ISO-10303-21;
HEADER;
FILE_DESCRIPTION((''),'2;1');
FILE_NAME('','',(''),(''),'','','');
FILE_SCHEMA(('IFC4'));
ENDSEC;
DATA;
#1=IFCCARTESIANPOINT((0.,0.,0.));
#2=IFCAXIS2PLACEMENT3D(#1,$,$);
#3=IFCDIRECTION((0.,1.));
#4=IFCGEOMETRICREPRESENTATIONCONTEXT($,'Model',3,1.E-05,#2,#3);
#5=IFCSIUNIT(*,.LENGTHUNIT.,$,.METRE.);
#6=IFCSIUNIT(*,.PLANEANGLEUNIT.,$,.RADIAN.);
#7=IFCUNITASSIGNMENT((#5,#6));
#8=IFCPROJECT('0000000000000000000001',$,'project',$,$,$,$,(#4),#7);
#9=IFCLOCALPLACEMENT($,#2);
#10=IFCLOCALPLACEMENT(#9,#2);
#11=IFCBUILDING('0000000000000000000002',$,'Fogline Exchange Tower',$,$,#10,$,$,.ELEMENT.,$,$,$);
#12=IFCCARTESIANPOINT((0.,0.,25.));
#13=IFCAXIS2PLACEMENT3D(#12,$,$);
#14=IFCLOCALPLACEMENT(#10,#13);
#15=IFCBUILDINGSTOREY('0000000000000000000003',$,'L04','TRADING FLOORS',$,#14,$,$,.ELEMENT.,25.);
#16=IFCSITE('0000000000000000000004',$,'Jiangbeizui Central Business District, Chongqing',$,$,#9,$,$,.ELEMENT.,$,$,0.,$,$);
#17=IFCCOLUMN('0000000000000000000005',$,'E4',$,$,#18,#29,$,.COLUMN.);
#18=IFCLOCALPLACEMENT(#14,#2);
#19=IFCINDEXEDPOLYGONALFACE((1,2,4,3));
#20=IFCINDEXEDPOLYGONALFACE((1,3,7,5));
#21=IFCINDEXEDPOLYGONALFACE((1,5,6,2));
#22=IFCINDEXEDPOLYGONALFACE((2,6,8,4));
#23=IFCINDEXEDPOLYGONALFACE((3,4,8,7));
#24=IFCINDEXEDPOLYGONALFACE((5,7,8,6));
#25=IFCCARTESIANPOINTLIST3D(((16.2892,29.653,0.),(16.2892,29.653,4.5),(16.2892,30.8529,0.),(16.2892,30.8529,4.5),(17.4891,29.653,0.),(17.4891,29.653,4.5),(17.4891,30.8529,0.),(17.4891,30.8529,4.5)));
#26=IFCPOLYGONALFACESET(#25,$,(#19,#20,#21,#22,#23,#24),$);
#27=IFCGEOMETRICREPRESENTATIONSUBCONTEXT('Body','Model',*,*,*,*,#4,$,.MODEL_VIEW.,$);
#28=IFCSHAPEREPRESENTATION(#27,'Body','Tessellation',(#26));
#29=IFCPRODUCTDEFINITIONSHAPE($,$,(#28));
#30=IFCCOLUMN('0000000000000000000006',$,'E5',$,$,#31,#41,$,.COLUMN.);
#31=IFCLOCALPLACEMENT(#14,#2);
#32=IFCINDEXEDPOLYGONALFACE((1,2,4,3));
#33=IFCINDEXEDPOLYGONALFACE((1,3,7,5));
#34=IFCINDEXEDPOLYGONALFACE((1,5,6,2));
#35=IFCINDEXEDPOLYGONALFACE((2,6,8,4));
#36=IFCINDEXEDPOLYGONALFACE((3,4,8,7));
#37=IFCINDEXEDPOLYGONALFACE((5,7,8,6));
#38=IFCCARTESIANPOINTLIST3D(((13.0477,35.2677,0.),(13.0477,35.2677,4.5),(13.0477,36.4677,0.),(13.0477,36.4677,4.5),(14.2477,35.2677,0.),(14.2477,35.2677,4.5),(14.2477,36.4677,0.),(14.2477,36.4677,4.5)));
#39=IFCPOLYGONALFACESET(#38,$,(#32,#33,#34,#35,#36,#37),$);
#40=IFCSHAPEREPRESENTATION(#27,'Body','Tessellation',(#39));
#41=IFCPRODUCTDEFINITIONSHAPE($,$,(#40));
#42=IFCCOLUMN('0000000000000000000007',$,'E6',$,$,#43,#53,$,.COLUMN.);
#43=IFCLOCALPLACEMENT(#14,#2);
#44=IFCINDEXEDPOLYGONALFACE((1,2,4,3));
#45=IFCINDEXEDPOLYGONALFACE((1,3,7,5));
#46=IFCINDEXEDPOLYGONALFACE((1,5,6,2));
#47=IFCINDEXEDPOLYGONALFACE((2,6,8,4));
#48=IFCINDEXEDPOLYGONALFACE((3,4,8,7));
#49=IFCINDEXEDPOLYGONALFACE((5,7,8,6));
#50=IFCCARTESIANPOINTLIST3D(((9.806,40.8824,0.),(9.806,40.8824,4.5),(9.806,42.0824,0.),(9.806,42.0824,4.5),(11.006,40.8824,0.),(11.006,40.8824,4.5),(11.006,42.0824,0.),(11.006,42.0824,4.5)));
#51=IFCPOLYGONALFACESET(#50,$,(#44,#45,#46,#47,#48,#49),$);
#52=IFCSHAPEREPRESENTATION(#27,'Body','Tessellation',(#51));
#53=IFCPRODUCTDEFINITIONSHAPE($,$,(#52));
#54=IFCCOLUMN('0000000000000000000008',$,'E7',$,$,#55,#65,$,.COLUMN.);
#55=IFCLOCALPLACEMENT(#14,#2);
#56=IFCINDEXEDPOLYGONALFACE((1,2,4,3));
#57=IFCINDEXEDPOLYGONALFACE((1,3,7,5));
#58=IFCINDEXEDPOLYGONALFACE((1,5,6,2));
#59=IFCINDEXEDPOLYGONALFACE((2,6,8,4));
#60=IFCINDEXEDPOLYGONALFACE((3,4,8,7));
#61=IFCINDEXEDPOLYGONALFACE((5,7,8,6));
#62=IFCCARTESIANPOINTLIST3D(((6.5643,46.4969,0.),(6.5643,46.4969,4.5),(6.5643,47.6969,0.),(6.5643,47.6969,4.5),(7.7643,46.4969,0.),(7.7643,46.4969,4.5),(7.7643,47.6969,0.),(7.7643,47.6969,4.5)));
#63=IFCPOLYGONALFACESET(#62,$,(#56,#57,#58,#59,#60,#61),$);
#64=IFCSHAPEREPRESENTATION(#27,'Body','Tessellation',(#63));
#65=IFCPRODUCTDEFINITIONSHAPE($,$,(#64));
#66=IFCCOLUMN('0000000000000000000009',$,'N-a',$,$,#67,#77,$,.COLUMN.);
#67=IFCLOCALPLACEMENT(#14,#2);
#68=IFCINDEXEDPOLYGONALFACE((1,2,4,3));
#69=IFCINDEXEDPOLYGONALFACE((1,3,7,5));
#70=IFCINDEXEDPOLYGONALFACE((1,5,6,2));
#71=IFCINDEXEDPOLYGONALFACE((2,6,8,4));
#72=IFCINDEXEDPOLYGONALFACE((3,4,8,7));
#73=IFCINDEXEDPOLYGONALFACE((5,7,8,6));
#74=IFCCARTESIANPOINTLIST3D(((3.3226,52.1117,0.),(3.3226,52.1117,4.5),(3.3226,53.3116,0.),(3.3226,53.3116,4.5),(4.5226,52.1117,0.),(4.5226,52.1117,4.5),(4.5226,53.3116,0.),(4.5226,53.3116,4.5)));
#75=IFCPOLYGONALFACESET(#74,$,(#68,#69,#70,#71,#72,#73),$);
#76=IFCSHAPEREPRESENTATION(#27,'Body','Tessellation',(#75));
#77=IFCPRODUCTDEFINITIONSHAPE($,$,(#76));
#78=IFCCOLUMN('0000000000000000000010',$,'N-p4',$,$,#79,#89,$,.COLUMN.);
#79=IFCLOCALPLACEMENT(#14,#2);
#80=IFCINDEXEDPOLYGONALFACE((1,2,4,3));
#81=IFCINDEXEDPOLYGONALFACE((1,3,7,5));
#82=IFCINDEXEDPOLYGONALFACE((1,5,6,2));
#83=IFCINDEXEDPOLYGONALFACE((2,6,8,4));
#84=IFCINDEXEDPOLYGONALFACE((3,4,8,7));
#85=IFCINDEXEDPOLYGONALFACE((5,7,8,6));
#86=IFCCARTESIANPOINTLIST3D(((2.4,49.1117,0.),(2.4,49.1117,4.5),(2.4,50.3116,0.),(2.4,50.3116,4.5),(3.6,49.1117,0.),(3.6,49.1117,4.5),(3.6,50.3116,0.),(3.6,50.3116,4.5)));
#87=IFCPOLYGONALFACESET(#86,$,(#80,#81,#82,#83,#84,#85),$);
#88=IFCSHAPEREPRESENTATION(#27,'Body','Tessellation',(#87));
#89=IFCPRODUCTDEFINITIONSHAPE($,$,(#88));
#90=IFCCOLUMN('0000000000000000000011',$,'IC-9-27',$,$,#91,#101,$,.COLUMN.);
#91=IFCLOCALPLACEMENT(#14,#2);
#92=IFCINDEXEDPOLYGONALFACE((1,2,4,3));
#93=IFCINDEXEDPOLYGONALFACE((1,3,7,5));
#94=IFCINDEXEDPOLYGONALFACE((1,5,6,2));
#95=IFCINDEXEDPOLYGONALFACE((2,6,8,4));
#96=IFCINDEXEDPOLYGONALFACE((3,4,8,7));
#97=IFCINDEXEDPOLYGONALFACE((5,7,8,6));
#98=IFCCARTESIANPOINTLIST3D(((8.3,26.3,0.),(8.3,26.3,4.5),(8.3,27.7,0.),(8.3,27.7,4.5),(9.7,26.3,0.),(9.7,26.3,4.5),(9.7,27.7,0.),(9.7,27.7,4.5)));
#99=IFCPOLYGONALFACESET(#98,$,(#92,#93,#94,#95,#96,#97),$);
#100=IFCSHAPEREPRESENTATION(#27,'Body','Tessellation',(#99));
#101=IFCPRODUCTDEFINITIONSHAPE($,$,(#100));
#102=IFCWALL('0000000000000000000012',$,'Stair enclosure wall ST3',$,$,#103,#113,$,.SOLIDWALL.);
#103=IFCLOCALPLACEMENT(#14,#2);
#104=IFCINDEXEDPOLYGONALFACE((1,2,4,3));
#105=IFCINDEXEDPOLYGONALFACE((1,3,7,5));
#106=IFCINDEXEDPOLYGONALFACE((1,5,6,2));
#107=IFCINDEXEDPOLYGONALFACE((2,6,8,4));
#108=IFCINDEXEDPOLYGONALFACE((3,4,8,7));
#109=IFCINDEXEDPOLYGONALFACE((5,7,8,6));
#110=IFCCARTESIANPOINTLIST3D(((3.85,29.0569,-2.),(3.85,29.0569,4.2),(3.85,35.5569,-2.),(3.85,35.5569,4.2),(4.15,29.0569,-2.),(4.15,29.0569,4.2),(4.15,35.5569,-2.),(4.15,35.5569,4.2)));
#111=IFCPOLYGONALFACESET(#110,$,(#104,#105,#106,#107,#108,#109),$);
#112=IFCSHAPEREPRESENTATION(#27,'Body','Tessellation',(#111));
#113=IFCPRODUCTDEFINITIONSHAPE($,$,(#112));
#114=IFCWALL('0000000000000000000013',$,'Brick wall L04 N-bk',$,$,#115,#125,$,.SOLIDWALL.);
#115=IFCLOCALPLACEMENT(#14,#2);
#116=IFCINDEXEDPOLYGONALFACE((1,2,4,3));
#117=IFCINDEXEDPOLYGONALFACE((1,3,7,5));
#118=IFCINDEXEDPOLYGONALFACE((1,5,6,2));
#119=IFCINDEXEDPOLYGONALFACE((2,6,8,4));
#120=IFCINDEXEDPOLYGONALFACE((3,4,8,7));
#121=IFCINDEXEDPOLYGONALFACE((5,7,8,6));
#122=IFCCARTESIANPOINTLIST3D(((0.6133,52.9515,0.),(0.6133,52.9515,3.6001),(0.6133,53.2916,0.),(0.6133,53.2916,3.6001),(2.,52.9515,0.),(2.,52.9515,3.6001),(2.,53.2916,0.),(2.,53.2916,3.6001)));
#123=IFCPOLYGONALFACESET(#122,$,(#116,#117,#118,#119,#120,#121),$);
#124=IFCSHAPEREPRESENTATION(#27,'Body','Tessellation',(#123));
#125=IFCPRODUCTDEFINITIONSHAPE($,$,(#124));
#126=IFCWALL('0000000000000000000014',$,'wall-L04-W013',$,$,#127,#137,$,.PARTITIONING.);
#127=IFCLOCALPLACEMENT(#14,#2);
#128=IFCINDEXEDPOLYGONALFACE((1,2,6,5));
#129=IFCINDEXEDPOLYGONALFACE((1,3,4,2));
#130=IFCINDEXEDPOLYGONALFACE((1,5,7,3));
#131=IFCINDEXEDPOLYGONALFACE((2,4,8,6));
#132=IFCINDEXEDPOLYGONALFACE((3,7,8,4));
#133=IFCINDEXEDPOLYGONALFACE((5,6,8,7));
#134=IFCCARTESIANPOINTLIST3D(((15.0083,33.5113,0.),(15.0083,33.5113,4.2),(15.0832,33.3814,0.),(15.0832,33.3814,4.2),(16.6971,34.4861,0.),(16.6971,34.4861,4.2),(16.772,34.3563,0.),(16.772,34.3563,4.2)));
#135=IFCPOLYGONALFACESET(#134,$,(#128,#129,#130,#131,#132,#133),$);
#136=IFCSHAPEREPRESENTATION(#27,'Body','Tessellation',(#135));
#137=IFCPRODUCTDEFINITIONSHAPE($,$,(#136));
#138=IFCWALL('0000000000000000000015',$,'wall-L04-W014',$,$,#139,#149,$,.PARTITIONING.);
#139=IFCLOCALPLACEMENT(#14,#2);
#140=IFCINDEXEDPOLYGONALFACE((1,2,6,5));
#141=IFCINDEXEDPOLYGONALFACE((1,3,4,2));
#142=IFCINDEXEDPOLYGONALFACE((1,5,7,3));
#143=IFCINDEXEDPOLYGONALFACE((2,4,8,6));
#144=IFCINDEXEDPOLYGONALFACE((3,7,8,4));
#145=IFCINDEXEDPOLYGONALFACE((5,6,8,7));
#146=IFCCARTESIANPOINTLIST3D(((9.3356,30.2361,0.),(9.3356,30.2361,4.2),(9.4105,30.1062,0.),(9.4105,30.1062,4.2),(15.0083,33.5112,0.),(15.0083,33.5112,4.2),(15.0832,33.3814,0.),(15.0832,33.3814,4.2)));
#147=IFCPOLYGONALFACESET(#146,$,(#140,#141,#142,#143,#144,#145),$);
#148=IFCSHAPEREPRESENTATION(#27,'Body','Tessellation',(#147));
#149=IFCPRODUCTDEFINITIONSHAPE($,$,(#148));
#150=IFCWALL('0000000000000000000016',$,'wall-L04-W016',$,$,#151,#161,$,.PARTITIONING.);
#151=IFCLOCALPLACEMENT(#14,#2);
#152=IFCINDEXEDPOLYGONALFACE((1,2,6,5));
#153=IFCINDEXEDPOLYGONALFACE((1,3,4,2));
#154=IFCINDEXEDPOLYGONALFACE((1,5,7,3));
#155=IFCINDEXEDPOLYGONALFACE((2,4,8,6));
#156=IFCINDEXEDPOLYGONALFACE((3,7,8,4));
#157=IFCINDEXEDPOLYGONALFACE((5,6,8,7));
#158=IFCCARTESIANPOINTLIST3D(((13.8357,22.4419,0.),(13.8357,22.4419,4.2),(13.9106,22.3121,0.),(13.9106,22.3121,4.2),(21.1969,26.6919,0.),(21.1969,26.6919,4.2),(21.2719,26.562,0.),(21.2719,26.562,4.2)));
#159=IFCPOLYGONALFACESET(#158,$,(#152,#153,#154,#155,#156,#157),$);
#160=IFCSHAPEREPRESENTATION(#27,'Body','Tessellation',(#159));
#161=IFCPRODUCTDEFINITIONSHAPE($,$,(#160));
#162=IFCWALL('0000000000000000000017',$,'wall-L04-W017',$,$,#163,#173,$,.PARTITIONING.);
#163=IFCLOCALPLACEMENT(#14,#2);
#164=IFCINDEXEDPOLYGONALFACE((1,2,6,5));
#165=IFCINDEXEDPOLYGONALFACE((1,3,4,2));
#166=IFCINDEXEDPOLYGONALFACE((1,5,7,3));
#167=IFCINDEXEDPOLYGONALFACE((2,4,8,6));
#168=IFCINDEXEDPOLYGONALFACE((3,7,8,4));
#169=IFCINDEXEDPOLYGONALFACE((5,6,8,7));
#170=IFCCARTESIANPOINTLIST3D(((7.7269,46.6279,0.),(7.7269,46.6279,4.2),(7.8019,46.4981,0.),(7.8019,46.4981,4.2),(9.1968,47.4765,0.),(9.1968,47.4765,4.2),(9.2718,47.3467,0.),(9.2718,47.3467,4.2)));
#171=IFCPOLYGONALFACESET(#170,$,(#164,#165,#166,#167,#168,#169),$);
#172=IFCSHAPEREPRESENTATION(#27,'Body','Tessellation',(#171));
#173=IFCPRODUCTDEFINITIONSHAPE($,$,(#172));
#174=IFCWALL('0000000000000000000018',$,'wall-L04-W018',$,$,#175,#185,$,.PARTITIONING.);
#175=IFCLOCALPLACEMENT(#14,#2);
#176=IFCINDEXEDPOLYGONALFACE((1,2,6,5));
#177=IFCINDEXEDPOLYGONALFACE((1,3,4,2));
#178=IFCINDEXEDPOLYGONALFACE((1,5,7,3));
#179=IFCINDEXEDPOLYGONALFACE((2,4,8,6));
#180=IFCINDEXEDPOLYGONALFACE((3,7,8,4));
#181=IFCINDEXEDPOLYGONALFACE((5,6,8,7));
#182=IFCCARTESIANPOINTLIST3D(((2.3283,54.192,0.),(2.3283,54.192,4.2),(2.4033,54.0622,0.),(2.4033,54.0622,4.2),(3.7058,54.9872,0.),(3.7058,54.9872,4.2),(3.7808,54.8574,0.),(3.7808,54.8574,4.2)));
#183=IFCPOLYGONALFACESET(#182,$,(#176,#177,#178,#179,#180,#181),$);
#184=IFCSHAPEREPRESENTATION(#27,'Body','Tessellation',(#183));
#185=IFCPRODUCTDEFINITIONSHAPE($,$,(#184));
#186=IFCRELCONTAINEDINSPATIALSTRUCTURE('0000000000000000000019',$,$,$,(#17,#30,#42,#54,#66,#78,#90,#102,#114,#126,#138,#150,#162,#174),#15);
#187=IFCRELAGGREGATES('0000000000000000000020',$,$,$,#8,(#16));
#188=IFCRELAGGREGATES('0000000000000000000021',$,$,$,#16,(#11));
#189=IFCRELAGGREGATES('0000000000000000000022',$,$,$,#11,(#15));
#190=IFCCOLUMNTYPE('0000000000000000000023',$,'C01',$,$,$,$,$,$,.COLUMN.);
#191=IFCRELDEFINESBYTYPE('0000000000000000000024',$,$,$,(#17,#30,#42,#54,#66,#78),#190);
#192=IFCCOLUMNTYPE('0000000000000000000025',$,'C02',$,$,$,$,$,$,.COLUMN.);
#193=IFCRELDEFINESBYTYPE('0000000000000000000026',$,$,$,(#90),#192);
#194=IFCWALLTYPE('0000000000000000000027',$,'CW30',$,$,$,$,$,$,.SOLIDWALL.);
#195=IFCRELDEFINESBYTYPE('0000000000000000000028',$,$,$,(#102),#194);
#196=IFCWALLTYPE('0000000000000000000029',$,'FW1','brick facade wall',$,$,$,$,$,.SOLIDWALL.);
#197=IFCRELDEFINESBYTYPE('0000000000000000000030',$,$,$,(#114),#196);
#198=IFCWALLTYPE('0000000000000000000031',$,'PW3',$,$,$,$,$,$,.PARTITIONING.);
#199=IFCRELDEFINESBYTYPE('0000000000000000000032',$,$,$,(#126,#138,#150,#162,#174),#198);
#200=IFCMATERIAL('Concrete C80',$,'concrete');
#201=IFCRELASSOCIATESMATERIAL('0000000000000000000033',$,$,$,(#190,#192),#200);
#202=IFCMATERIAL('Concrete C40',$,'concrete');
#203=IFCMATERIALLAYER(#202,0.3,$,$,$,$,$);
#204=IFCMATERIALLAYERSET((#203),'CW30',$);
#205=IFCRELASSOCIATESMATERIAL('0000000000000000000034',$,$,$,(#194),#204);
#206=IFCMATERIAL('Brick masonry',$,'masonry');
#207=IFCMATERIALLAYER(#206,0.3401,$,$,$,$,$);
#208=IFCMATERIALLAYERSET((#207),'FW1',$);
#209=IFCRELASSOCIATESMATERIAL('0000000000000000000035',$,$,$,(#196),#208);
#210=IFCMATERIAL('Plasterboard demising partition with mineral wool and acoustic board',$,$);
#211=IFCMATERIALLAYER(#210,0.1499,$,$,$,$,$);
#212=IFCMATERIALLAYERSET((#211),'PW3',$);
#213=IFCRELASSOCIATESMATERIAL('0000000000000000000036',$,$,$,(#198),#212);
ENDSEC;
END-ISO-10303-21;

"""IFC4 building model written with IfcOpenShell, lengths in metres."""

from ifc_helpers import new_model, si_unit, direction, frame, frame_2d, origin, origin_2d, place, context, subcontext, project, spatial, rectangle, extrude, material, layer, layer_set, material_profile, profile_set, type_object, element, save


model = new_model("IFC4")

# Units and contexts
model_context = context("Model", 3, precision=1e-05, world=origin(), true_north=direction((0.0, 1.0)))
body_context = subcontext(model_context, "Body", "Model", "MODEL_VIEW")
ifc_project = project(units=[si_unit("LENGTHUNIT", "METRE"), si_unit("PLANEANGLEUNIT", "RADIAN")], contexts=[model_context])

# Site, building, storey
site_placement = place(None, origin())
site = spatial("IfcSite", under=ifc_project, at=site_placement, Name="Jiangbeizui Central Business District, Chongqing", CompositionType="ELEMENT", RefElevation=0.0)
building_placement = place(site_placement, origin())
building = spatial("IfcBuilding", under=site, at=building_placement, Name="Fogline Exchange Tower", CompositionType="ELEMENT")
storey_placement = place(building_placement, frame((0.0, 0.0, 25.0)))
storey = spatial("IfcBuildingStorey", under=building, at=storey_placement, Name="L04", Description="TRADING FLOORS", CompositionType="ELEMENT", Elevation=25.0)

# Columns
ifc_material_1 = material(Name="Concrete C80", Category="concrete")
ifc_material_profile_1 = material_profile(ifc_material_1, rectangle(XDim=1.2, YDim=1.2, at=origin_2d()), Name="RC 1200x1200")
ifc_profile_set_1 = profile_set([ifc_material_profile_1], Name="Concrete C80")
column_type_1 = type_object("IfcColumnType", Name="C01", PredefinedType="COLUMN", material=ifc_profile_set_1)
for number, where, z_axis, x_axis, name in (
    (1, (16.8892, 30.2529, 0.0), (0.0, 0.0, 1.0), (1.0, 0.0, 0.0), "E4"),
    (2, (13.6477, 35.8677, 0.0), (0.0, 0.0, 1.0), (1.0, 0.0, 0.0), "E5"),
    (3, (10.406, 41.4824, 0.0), (0.0, 0.0, 1.0), (1.0, 0.0, 0.0), "E6"),
    (4, (7.1643, 47.0969, 0.0), (0.0, 0.0, 1.0), (1.0, 0.0, 0.0), "E7"),
    (5, (3.9226, 52.7117, 0.0), (0.0, 0.0, 1.0), (1.0, 0.0, 0.0), "N-a"),
    (6, (3.0, 49.7117, 0.0), (0.0, 0.0, 1.0), (1.0, 0.0, 0.0), "N-p4"),
):
    element("IfcColumn", number, at=place(storey_placement, frame(where, z_axis=z_axis, x_axis=x_axis)), inside=storey, type_object=column_type_1, Name=name, PredefinedType="COLUMN", context=body_context, shape_type="SweptSolid", body=[
        extrude(rectangle(XDim=1.2, YDim=1.2, at=origin_2d()), origin(), (0.0, 0.0, 1.0), 4.5),
    ])
ifc_material_profile_2 = material_profile(ifc_material_1, rectangle(XDim=1.3999, YDim=1.3999, at=origin_2d()), Name="RC 1400x1400")
ifc_profile_set_2 = profile_set([ifc_material_profile_2], Name="Concrete C80")
column_type_2 = type_object("IfcColumnType", Name="C02", PredefinedType="COLUMN", material=ifc_profile_set_2)
column_placement = place(storey_placement, frame((9.0, 27.0, 0.0), z_axis=(0.0, 0.0, 1.0), x_axis=(1.0, 0.0, 0.0)))
element("IfcColumn", 7, at=column_placement, inside=storey, type_object=column_type_2, Name="IC-9-27", PredefinedType="COLUMN", context=body_context, shape_type="SweptSolid", body=[
    extrude(rectangle(XDim=1.3999, YDim=1.3999, at=origin_2d()), origin(), (0.0, 0.0, 1.0), 4.5),
])

# Walls
ifc_material_2 = material(Name="Concrete C40", Category="concrete")
ifc_layer_1 = layer(ifc_material_2, 0.3)
ifc_layer_set_1 = layer_set([ifc_layer_1], Name="CW30")
wall_type_1 = type_object("IfcWallType", Name="CW30", PredefinedType="SOLIDWALL", material=ifc_layer_set_1)
wall_1_placement = place(storey_placement, frame((4.0, 29.0569, -2.0), z_axis=(0.0, 0.0, 1.0), x_axis=(0.0, 1.0, 0.0)))
element("IfcWall", 8, at=wall_1_placement, inside=storey, type_object=wall_type_1, Name="Stair enclosure wall ST3", PredefinedType="SOLIDWALL", context=body_context, shape_type="SweptSolid", body=[
    extrude(rectangle(XDim=6.5, YDim=0.3, at=frame_2d((3.25, 0.0))), origin(), (0.0, 0.0, 1.0), 6.2),
])
ifc_material_3 = material(Name="Brick masonry", Category="masonry")
ifc_layer_2 = layer(ifc_material_3, 0.3401)
ifc_layer_set_2 = layer_set([ifc_layer_2], Name="FW1")
wall_type_2 = type_object("IfcWallType", Name="FW1", Description="brick facade wall", PredefinedType="SOLIDWALL", material=ifc_layer_set_2)
wall_2_placement = place(storey_placement, frame((2.0, 53.1216, 0.0), z_axis=(0.0, 0.0, 1.0), x_axis=(-1.0, 0.0, 0.0)))
element("IfcWall", 9, at=wall_2_placement, inside=storey, type_object=wall_type_2, Name="Brick wall L04 N-bk", PredefinedType="SOLIDWALL", context=body_context, shape_type="SweptSolid", body=[
    extrude(rectangle(XDim=1.3867, YDim=0.3401, at=frame_2d((0.6934, 0.0))), origin(), (0.0, 0.0, 1.0), 3.6001),
])

# Walls
ifc_material_4 = material(Name="Plasterboard demising partition with mineral wool and acoustic board")
ifc_layer_3 = layer(ifc_material_4, 0.1499)
ifc_layer_set_3 = layer_set([ifc_layer_3], Name="PW3")
wall_type_3 = type_object("IfcWallType", Name="PW3", PredefinedType="PARTITIONING", material=ifc_layer_set_3)
wall_3_placement = place(storey_placement, frame((15.0457, 33.4463, 0.0), z_axis=(0.0, 0.0, 1.0), x_axis=(0.866054, 0.49995, 0.0)))
element("IfcWall", 10, at=wall_3_placement, inside=storey, type_object=wall_type_3, Name="wall-L04-W013", PredefinedType="PARTITIONING", context=body_context, shape_type="SweptSolid", body=[
    extrude(rectangle(XDim=1.95, YDim=0.1499, at=frame_2d((0.9751, 0.0))), origin(), (0.0, 0.0, 1.0), 4.2),
])
wall_4_placement = place(storey_placement, frame((9.373, 30.1711, 0.0), z_axis=(0.0, 0.0, 1.0), x_axis=(0.866021, 0.500007, 0.0)))
element("IfcWall", 11, at=wall_4_placement, inside=storey, type_object=wall_type_3, Name="wall-L04-W014", PredefinedType="PARTITIONING", context=body_context, shape_type="SweptSolid", body=[
    extrude(rectangle(XDim=6.5503, YDim=0.1499, at=frame_2d((3.2751, 0.0))), origin(), (0.0, 0.0, 1.0), 4.2),
])
wall_5_placement = place(storey_placement, frame((21.2344, 26.627, 0.0), z_axis=(0.0, 0.0, 1.0), x_axis=(-0.866029, -0.499994, 0.0)))
element("IfcWall", 12, at=wall_5_placement, inside=storey, type_object=wall_type_3, Name="wall-L04-W016", PredefinedType="PARTITIONING", context=body_context, shape_type="SweptSolid", body=[
    extrude(rectangle(XDim=8.5, YDim=0.1499, at=frame_2d((4.25, 0.0))), origin(), (0.0, 0.0, 1.0), 4.2),
])
wall_6_placement = place(storey_placement, frame((7.7644, 46.563, 0.0), z_axis=(0.0, 0.0, 1.0), x_axis=(0.866039, 0.499976, 0.0)))
element("IfcWall", 13, at=wall_6_placement, inside=storey, type_object=wall_type_3, Name="wall-L04-W017", PredefinedType="PARTITIONING", context=body_context, shape_type="SweptSolid", body=[
    extrude(rectangle(XDim=1.6973, YDim=0.1499, at=frame_2d((0.8486, 0.0))), origin(), (0.0, 0.0, 1.0), 4.2),
])
wall_7_placement = place(storey_placement, frame((3.7434, 54.9224, 0.0), z_axis=(0.0, 0.0, 1.0), x_axis=(-0.866053, -0.499953, 0.0)))
element("IfcWall", 14, at=wall_7_placement, inside=storey, type_object=wall_type_3, Name="wall-L04-W018", PredefinedType="PARTITIONING", context=body_context, shape_type="SweptSolid", body=[
    extrude(rectangle(XDim=1.5906, YDim=0.1499, at=frame_2d((0.7954, 0.0))), origin(), (0.0, 0.0, 1.0), 4.2),
])

save(model, "model.ifc")
